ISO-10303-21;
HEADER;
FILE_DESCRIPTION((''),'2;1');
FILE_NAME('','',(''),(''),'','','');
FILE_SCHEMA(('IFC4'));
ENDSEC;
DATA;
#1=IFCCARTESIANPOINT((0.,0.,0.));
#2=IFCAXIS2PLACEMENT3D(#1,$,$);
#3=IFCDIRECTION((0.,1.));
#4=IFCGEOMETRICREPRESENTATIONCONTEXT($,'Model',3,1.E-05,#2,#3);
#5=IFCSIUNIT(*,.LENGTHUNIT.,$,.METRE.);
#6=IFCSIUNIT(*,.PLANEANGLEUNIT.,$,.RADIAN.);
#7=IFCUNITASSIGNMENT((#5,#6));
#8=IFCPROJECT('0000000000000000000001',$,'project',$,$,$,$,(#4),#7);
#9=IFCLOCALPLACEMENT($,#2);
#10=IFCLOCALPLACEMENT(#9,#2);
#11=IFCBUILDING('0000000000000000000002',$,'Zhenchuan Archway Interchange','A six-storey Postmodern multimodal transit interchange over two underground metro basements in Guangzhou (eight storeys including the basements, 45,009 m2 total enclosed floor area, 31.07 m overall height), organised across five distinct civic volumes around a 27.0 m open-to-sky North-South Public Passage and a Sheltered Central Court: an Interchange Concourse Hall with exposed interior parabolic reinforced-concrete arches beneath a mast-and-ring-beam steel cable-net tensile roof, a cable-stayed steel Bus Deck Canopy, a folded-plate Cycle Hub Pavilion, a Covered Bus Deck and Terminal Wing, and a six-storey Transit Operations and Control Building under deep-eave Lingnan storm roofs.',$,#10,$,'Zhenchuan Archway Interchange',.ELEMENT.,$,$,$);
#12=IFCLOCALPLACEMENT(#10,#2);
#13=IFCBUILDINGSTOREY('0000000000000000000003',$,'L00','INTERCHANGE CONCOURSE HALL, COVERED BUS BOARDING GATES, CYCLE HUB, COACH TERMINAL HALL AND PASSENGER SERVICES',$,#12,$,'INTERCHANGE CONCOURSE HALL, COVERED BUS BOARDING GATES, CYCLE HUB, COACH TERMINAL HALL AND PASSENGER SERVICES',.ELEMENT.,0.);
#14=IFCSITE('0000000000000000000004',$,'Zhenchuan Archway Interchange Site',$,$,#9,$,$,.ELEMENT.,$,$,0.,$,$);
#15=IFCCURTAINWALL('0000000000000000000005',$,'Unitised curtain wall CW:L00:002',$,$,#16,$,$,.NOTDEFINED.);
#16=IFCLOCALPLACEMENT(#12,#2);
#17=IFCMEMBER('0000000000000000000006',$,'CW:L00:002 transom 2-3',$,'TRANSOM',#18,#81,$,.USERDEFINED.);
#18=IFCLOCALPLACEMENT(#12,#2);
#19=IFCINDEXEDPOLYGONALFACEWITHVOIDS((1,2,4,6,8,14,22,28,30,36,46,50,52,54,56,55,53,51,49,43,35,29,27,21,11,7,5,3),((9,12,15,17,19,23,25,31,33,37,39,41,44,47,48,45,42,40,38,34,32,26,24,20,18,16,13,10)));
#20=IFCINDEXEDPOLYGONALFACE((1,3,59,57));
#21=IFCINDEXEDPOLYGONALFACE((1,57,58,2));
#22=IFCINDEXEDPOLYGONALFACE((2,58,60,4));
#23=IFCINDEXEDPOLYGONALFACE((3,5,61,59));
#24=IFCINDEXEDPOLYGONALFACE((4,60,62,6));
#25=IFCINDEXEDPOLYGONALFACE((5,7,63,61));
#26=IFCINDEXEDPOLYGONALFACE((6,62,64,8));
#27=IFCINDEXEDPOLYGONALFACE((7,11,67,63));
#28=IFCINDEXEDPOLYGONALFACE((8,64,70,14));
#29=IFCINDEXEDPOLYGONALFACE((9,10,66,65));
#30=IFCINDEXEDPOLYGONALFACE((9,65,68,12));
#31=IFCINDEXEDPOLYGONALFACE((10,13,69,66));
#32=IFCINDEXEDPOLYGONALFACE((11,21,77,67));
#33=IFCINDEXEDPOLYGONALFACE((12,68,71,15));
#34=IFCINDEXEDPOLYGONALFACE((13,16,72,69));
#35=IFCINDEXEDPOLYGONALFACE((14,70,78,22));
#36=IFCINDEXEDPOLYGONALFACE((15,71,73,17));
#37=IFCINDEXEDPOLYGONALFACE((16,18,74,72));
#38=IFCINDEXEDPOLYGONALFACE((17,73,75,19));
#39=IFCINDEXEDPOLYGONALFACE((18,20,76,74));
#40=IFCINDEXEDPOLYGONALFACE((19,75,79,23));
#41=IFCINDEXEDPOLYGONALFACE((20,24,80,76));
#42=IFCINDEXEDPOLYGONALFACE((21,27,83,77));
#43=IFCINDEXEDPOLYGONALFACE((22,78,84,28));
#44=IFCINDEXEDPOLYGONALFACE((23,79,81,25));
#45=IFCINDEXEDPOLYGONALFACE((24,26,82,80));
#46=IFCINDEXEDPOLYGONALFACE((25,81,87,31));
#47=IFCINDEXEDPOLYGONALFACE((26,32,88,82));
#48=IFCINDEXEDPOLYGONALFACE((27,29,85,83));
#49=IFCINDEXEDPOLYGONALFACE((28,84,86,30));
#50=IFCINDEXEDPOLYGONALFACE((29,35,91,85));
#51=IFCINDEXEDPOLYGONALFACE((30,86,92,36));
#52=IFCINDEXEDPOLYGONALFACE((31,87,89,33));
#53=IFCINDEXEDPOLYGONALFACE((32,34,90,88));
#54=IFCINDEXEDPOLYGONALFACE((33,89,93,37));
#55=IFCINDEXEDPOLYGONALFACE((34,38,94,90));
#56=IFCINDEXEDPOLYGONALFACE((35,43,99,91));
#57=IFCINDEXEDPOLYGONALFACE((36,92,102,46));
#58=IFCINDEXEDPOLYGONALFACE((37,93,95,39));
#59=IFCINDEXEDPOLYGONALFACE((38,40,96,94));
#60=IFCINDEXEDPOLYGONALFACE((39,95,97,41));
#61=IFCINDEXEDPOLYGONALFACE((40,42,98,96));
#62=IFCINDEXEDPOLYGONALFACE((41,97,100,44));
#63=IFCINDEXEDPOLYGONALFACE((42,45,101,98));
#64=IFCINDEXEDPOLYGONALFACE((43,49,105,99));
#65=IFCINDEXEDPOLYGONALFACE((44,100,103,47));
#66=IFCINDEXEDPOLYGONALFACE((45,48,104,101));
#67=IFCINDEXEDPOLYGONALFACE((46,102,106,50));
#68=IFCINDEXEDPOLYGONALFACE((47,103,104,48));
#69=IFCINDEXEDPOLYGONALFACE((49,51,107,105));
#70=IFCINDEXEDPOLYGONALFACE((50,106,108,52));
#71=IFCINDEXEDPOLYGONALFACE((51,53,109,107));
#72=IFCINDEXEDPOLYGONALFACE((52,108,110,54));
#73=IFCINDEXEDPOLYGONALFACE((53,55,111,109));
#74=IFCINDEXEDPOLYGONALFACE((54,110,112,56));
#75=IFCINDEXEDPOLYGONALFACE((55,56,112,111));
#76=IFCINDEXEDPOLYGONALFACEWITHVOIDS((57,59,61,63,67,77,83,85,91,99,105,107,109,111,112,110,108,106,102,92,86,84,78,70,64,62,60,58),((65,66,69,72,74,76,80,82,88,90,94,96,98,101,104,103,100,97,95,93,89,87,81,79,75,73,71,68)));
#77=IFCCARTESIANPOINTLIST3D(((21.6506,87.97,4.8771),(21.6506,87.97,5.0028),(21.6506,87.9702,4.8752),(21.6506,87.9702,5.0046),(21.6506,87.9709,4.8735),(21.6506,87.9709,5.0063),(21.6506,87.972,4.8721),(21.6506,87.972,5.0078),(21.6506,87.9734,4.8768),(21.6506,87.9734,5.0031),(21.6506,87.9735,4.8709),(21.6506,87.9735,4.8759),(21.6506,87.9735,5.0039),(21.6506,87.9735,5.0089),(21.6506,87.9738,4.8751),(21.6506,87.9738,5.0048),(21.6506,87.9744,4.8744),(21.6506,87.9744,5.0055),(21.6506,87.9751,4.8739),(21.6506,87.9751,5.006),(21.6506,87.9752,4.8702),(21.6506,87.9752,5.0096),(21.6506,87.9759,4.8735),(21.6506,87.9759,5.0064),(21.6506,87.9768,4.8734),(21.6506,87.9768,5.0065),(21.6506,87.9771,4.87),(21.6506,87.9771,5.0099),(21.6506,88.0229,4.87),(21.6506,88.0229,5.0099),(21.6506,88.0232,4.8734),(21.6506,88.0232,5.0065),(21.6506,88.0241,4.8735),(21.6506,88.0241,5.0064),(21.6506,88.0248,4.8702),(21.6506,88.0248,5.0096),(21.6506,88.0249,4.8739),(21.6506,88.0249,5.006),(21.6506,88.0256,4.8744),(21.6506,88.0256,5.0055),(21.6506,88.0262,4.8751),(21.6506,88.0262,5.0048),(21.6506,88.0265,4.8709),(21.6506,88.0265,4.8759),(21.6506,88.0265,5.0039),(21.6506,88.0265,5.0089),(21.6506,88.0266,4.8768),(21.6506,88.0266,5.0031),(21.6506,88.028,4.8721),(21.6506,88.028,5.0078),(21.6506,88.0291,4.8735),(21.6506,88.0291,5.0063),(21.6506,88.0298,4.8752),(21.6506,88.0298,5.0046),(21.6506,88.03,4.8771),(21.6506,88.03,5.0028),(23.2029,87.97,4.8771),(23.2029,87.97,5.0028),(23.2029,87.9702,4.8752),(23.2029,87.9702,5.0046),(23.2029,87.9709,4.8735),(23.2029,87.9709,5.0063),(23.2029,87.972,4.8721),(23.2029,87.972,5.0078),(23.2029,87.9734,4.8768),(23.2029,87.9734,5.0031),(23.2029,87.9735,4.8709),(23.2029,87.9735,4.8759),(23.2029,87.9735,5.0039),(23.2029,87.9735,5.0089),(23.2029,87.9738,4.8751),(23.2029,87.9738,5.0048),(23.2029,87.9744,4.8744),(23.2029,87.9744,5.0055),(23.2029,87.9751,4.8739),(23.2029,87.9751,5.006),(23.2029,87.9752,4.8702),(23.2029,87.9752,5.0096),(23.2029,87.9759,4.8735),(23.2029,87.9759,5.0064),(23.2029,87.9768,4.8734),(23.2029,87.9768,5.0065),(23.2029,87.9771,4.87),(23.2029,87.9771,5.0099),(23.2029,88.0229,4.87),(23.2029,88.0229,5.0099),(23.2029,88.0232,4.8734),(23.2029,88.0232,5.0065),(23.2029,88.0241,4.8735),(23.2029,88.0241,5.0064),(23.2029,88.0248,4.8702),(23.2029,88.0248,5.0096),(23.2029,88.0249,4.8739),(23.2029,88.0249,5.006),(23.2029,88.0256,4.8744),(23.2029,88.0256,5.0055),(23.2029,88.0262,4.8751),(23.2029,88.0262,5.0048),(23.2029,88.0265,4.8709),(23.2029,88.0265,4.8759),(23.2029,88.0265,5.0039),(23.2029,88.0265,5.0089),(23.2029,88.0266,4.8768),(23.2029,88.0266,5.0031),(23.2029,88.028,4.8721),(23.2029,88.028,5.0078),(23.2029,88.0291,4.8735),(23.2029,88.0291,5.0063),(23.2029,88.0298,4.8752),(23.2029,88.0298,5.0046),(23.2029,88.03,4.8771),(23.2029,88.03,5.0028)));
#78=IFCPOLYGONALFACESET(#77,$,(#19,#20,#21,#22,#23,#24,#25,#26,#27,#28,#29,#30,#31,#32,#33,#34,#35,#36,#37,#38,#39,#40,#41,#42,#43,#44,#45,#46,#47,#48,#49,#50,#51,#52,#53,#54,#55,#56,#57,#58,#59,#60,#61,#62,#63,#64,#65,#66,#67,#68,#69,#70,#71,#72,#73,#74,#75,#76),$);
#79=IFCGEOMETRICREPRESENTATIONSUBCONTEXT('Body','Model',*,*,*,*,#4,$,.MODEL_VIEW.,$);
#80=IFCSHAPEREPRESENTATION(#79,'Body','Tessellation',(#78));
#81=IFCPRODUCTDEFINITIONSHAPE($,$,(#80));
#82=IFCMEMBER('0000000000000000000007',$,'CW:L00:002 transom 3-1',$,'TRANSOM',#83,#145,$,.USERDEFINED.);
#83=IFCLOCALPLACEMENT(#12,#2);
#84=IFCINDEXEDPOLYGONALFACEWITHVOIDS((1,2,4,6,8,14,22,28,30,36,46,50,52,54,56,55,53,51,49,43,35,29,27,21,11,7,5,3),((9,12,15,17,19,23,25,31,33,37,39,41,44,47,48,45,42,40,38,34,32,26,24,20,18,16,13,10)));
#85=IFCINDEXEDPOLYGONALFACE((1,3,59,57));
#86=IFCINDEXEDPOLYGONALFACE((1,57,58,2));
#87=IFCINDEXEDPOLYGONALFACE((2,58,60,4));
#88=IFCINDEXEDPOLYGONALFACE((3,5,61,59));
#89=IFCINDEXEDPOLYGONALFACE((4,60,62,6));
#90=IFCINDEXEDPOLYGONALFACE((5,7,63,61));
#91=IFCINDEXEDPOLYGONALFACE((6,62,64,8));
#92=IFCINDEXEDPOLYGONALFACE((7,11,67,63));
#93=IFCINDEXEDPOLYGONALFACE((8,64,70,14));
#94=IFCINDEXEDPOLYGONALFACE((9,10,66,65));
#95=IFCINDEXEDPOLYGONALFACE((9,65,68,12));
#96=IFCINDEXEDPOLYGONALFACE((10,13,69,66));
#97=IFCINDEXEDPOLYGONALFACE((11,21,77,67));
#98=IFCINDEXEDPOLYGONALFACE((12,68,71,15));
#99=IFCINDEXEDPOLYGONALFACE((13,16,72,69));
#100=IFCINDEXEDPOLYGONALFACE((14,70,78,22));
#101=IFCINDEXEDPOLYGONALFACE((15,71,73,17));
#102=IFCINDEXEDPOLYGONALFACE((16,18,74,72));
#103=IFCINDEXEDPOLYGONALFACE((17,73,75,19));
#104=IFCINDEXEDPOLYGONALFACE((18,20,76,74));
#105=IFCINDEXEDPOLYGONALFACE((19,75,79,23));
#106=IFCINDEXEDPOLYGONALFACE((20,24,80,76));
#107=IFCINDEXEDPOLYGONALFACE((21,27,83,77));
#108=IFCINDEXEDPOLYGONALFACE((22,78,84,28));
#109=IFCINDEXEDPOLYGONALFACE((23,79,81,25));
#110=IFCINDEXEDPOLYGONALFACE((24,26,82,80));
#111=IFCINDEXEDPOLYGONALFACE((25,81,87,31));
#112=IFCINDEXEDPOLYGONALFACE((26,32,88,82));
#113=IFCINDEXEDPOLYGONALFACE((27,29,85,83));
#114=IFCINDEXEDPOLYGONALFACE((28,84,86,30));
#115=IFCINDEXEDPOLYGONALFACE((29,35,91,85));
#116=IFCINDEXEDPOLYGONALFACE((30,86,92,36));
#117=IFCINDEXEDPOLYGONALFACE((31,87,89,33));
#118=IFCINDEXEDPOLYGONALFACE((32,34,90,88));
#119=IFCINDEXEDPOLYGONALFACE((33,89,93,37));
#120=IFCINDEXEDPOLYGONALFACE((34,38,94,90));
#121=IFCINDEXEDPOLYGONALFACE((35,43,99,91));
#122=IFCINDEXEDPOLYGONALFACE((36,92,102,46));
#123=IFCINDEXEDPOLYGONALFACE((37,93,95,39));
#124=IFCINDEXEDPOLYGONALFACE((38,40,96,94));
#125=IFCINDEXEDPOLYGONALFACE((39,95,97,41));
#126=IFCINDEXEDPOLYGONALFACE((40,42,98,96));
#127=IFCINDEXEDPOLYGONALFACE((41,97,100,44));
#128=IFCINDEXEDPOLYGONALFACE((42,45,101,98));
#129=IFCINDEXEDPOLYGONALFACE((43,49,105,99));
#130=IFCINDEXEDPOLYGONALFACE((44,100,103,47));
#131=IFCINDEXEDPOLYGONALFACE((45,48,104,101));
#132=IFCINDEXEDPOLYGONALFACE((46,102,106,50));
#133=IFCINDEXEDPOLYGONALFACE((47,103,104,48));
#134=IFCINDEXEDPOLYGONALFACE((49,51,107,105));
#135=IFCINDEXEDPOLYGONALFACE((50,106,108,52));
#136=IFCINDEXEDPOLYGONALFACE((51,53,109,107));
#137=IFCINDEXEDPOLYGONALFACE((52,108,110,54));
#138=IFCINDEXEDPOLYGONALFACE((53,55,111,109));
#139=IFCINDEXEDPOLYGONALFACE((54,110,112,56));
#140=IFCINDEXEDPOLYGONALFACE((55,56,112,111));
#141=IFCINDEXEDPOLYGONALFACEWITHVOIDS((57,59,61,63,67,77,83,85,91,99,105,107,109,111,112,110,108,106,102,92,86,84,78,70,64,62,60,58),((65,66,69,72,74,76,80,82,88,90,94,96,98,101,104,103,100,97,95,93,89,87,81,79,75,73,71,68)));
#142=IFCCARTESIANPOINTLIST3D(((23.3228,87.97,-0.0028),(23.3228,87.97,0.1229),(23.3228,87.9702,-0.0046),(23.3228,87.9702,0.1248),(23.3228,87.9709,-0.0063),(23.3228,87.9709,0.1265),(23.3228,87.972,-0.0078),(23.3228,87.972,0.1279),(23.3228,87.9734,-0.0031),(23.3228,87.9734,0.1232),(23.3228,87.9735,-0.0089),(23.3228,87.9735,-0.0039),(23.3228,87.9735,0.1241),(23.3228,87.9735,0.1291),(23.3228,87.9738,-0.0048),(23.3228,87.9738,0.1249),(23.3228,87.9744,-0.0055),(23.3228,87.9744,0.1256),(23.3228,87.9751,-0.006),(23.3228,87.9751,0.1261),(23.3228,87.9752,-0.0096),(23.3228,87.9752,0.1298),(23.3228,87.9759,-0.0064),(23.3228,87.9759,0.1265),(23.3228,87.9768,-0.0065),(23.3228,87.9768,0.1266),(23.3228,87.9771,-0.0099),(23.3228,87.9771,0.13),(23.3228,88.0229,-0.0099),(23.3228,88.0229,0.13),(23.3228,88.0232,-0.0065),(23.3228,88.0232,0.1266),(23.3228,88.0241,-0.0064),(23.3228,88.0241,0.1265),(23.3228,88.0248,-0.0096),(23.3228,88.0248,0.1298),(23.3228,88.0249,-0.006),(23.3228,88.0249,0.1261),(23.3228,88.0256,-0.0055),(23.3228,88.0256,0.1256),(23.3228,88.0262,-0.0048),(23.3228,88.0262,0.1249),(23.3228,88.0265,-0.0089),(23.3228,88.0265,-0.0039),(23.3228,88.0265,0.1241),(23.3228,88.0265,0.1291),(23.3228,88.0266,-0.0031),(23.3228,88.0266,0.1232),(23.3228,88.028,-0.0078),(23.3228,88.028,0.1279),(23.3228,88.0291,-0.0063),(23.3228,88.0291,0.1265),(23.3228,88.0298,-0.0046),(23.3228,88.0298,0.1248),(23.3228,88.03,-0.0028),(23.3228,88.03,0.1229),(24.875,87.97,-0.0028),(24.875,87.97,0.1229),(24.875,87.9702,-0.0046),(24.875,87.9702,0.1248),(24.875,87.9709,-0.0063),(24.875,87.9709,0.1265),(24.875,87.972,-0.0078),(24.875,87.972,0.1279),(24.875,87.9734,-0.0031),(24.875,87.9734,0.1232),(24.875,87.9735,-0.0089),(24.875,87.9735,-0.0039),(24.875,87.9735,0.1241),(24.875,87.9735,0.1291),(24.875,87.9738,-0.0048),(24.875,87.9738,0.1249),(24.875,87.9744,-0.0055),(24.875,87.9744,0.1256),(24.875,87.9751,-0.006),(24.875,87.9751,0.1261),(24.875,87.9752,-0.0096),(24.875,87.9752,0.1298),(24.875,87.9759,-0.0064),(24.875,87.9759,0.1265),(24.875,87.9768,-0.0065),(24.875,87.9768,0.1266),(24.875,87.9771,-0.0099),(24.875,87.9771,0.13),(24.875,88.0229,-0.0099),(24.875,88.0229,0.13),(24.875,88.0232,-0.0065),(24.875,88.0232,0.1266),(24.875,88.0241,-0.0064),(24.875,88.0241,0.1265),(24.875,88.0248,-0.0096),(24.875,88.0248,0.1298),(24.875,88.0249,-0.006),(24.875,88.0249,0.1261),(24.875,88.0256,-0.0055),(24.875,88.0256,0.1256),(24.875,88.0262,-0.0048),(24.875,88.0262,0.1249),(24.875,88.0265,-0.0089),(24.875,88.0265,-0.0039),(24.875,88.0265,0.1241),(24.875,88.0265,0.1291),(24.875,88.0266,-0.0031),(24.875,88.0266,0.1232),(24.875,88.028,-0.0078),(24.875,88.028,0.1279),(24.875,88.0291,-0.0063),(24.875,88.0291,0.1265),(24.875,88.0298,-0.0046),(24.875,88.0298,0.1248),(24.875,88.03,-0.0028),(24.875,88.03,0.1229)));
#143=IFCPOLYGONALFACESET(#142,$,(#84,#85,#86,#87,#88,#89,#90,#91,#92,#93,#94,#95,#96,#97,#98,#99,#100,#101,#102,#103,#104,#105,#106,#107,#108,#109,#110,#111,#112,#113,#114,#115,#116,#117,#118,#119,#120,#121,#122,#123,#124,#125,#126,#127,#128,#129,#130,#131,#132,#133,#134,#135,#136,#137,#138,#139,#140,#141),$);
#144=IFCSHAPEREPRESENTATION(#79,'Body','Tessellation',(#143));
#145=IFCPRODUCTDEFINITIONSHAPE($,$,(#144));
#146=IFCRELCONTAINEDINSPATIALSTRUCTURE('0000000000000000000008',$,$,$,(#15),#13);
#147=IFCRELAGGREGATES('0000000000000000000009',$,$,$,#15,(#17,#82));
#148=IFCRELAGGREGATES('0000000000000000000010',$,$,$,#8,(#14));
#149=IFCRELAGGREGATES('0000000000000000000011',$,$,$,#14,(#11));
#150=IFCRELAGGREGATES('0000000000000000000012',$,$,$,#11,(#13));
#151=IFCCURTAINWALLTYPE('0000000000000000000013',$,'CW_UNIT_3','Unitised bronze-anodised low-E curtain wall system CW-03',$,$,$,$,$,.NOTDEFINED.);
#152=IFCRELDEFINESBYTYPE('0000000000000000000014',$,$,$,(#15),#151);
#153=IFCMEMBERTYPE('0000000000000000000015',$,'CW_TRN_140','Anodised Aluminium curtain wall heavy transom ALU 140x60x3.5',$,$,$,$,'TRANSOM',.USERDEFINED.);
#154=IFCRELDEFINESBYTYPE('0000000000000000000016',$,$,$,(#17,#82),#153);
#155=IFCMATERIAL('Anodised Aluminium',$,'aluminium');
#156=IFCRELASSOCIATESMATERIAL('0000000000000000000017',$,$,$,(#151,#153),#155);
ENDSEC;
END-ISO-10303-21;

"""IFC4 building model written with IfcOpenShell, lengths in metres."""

from ifc_helpers import new_model, si_unit, direction, frame, origin, origin_2d, place, context, subcontext, project, spatial, hollow_rectangle, extrude, material, material_profile, profile_set, type_object, element, aggregate, save


model = new_model("IFC4")

# Units and contexts
model_context = context("Model", 3, precision=1e-05, world=origin(), true_north=direction((0.0, 1.0)))
body_context = subcontext(model_context, "Body", "Model", "MODEL_VIEW")
ifc_project = project(units=[si_unit("LENGTHUNIT", "METRE"), si_unit("PLANEANGLEUNIT", "RADIAN")], contexts=[model_context])

# Site, building, storey
site_placement = place(None, origin())
site = spatial("IfcSite", under=ifc_project, at=site_placement, Name="Zhenchuan Archway Interchange Site", CompositionType="ELEMENT", RefElevation=0.0)
building_placement = place(site_placement, origin())
building = spatial("IfcBuilding", under=site, at=building_placement, Name="Zhenchuan Archway Interchange", Description="A six-storey Postmodern multimodal transit interchange over two underground metro basements in Guangzhou (eight storeys including the basements, 45,009 m2 total enclosed floor area, 31.07 m overall height), organised across five distinct civic volumes around a 27.0 m open-to-sky North-South Public Passage and a Sheltered Central Court: an Interchange Concourse Hall with exposed interior parabolic reinforced-concrete arches beneath a mast-and-ring-beam steel cable-net tensile roof, a cable-stayed steel Bus Deck Canopy, a folded-plate Cycle Hub Pavilion, a Covered Bus Deck and Terminal Wing, and a six-storey Transit Operations and Control Building under deep-eave Lingnan storm roofs.", LongName="Zhenchuan Archway Interchange", CompositionType="ELEMENT")
storey_placement = place(building_placement, origin())
storey = spatial("IfcBuildingStorey", under=building, at=storey_placement, Name="L00", Description="INTERCHANGE CONCOURSE HALL, COVERED BUS BOARDING GATES, CYCLE HUB, COACH TERMINAL HALL AND PASSENGER SERVICES", LongName="INTERCHANGE CONCOURSE HALL, COVERED BUS BOARDING GATES, CYCLE HUB, COACH TERMINAL HALL AND PASSENGER SERVICES", CompositionType="ELEMENT", Elevation=0.0)

# Curtain wall, members
ifc_material_1 = material(Name="Anodised Aluminium", Category="aluminium")
curtain_wall_type = type_object("IfcCurtainWallType", Name="CW_UNIT_3", Description="Unitised bronze-anodised low-E curtain wall system CW-03", PredefinedType="NOTDEFINED", material=ifc_material_1)
curtain_wall_placement = place(storey_placement, origin())
curtain_wall = element("IfcCurtainWall", 1, at=curtain_wall_placement, inside=storey, type_object=curtain_wall_type, Name="Unitised curtain wall CW:L00:002", PredefinedType="NOTDEFINED")
ifc_material_profile_1 = material_profile(ifc_material_1, hollow_rectangle(XDim=0.0601, YDim=0.1399, WallThickness=0.0034, InnerFilletRadius=0.0034, OuterFilletRadius=0.0071, at=origin_2d()), Name="ALU 140x60x3.5")
ifc_profile_set_1 = profile_set([ifc_material_profile_1], Name="Anodised Aluminium")
member_type_1 = type_object("IfcMemberType", Name="CW_TRN_140", Description="Anodised Aluminium curtain wall heavy transom ALU 140x60x3.5", ElementType="TRANSOM", PredefinedType="USERDEFINED", material=ifc_profile_set_1)
member_1_placement = place(storey_placement, frame((21.6506, 88.0, 4.9399), z_axis=(1.0, 0.0, 0.0), x_axis=(0.0, 1.0, 0.0)))
member_1 = element("IfcMember", 2, at=member_1_placement, type_object=member_type_1, Name="CW:L00:002 transom 2-3", ObjectType="TRANSOM", PredefinedType="USERDEFINED", context=body_context, shape_type="SweptSolid", body=[
    extrude(hollow_rectangle(XDim=0.0601, YDim=0.1399, WallThickness=0.0034, InnerFilletRadius=0.0034, OuterFilletRadius=0.0071, at=origin_2d()), origin(), (0.0, 0.0, 1.0), 1.5522),
])
member_2_placement = place(storey_placement, frame((23.3228, 88.0, 0.0601), z_axis=(1.0, 0.0, 0.0), x_axis=(0.0, 1.0, 0.0)))
member_2 = element("IfcMember", 3, at=member_2_placement, type_object=member_type_1, Name="CW:L00:002 transom 3-1", ObjectType="TRANSOM", PredefinedType="USERDEFINED", context=body_context, shape_type="SweptSolid", body=[
    extrude(hollow_rectangle(XDim=0.0601, YDim=0.1399, WallThickness=0.0034, InnerFilletRadius=0.0034, OuterFilletRadius=0.0071, at=origin_2d()), origin(), (0.0, 0.0, 1.0), 1.5522),
])
aggregate(curtain_wall, [member_1, member_2])

save(model, "model.ifc")
